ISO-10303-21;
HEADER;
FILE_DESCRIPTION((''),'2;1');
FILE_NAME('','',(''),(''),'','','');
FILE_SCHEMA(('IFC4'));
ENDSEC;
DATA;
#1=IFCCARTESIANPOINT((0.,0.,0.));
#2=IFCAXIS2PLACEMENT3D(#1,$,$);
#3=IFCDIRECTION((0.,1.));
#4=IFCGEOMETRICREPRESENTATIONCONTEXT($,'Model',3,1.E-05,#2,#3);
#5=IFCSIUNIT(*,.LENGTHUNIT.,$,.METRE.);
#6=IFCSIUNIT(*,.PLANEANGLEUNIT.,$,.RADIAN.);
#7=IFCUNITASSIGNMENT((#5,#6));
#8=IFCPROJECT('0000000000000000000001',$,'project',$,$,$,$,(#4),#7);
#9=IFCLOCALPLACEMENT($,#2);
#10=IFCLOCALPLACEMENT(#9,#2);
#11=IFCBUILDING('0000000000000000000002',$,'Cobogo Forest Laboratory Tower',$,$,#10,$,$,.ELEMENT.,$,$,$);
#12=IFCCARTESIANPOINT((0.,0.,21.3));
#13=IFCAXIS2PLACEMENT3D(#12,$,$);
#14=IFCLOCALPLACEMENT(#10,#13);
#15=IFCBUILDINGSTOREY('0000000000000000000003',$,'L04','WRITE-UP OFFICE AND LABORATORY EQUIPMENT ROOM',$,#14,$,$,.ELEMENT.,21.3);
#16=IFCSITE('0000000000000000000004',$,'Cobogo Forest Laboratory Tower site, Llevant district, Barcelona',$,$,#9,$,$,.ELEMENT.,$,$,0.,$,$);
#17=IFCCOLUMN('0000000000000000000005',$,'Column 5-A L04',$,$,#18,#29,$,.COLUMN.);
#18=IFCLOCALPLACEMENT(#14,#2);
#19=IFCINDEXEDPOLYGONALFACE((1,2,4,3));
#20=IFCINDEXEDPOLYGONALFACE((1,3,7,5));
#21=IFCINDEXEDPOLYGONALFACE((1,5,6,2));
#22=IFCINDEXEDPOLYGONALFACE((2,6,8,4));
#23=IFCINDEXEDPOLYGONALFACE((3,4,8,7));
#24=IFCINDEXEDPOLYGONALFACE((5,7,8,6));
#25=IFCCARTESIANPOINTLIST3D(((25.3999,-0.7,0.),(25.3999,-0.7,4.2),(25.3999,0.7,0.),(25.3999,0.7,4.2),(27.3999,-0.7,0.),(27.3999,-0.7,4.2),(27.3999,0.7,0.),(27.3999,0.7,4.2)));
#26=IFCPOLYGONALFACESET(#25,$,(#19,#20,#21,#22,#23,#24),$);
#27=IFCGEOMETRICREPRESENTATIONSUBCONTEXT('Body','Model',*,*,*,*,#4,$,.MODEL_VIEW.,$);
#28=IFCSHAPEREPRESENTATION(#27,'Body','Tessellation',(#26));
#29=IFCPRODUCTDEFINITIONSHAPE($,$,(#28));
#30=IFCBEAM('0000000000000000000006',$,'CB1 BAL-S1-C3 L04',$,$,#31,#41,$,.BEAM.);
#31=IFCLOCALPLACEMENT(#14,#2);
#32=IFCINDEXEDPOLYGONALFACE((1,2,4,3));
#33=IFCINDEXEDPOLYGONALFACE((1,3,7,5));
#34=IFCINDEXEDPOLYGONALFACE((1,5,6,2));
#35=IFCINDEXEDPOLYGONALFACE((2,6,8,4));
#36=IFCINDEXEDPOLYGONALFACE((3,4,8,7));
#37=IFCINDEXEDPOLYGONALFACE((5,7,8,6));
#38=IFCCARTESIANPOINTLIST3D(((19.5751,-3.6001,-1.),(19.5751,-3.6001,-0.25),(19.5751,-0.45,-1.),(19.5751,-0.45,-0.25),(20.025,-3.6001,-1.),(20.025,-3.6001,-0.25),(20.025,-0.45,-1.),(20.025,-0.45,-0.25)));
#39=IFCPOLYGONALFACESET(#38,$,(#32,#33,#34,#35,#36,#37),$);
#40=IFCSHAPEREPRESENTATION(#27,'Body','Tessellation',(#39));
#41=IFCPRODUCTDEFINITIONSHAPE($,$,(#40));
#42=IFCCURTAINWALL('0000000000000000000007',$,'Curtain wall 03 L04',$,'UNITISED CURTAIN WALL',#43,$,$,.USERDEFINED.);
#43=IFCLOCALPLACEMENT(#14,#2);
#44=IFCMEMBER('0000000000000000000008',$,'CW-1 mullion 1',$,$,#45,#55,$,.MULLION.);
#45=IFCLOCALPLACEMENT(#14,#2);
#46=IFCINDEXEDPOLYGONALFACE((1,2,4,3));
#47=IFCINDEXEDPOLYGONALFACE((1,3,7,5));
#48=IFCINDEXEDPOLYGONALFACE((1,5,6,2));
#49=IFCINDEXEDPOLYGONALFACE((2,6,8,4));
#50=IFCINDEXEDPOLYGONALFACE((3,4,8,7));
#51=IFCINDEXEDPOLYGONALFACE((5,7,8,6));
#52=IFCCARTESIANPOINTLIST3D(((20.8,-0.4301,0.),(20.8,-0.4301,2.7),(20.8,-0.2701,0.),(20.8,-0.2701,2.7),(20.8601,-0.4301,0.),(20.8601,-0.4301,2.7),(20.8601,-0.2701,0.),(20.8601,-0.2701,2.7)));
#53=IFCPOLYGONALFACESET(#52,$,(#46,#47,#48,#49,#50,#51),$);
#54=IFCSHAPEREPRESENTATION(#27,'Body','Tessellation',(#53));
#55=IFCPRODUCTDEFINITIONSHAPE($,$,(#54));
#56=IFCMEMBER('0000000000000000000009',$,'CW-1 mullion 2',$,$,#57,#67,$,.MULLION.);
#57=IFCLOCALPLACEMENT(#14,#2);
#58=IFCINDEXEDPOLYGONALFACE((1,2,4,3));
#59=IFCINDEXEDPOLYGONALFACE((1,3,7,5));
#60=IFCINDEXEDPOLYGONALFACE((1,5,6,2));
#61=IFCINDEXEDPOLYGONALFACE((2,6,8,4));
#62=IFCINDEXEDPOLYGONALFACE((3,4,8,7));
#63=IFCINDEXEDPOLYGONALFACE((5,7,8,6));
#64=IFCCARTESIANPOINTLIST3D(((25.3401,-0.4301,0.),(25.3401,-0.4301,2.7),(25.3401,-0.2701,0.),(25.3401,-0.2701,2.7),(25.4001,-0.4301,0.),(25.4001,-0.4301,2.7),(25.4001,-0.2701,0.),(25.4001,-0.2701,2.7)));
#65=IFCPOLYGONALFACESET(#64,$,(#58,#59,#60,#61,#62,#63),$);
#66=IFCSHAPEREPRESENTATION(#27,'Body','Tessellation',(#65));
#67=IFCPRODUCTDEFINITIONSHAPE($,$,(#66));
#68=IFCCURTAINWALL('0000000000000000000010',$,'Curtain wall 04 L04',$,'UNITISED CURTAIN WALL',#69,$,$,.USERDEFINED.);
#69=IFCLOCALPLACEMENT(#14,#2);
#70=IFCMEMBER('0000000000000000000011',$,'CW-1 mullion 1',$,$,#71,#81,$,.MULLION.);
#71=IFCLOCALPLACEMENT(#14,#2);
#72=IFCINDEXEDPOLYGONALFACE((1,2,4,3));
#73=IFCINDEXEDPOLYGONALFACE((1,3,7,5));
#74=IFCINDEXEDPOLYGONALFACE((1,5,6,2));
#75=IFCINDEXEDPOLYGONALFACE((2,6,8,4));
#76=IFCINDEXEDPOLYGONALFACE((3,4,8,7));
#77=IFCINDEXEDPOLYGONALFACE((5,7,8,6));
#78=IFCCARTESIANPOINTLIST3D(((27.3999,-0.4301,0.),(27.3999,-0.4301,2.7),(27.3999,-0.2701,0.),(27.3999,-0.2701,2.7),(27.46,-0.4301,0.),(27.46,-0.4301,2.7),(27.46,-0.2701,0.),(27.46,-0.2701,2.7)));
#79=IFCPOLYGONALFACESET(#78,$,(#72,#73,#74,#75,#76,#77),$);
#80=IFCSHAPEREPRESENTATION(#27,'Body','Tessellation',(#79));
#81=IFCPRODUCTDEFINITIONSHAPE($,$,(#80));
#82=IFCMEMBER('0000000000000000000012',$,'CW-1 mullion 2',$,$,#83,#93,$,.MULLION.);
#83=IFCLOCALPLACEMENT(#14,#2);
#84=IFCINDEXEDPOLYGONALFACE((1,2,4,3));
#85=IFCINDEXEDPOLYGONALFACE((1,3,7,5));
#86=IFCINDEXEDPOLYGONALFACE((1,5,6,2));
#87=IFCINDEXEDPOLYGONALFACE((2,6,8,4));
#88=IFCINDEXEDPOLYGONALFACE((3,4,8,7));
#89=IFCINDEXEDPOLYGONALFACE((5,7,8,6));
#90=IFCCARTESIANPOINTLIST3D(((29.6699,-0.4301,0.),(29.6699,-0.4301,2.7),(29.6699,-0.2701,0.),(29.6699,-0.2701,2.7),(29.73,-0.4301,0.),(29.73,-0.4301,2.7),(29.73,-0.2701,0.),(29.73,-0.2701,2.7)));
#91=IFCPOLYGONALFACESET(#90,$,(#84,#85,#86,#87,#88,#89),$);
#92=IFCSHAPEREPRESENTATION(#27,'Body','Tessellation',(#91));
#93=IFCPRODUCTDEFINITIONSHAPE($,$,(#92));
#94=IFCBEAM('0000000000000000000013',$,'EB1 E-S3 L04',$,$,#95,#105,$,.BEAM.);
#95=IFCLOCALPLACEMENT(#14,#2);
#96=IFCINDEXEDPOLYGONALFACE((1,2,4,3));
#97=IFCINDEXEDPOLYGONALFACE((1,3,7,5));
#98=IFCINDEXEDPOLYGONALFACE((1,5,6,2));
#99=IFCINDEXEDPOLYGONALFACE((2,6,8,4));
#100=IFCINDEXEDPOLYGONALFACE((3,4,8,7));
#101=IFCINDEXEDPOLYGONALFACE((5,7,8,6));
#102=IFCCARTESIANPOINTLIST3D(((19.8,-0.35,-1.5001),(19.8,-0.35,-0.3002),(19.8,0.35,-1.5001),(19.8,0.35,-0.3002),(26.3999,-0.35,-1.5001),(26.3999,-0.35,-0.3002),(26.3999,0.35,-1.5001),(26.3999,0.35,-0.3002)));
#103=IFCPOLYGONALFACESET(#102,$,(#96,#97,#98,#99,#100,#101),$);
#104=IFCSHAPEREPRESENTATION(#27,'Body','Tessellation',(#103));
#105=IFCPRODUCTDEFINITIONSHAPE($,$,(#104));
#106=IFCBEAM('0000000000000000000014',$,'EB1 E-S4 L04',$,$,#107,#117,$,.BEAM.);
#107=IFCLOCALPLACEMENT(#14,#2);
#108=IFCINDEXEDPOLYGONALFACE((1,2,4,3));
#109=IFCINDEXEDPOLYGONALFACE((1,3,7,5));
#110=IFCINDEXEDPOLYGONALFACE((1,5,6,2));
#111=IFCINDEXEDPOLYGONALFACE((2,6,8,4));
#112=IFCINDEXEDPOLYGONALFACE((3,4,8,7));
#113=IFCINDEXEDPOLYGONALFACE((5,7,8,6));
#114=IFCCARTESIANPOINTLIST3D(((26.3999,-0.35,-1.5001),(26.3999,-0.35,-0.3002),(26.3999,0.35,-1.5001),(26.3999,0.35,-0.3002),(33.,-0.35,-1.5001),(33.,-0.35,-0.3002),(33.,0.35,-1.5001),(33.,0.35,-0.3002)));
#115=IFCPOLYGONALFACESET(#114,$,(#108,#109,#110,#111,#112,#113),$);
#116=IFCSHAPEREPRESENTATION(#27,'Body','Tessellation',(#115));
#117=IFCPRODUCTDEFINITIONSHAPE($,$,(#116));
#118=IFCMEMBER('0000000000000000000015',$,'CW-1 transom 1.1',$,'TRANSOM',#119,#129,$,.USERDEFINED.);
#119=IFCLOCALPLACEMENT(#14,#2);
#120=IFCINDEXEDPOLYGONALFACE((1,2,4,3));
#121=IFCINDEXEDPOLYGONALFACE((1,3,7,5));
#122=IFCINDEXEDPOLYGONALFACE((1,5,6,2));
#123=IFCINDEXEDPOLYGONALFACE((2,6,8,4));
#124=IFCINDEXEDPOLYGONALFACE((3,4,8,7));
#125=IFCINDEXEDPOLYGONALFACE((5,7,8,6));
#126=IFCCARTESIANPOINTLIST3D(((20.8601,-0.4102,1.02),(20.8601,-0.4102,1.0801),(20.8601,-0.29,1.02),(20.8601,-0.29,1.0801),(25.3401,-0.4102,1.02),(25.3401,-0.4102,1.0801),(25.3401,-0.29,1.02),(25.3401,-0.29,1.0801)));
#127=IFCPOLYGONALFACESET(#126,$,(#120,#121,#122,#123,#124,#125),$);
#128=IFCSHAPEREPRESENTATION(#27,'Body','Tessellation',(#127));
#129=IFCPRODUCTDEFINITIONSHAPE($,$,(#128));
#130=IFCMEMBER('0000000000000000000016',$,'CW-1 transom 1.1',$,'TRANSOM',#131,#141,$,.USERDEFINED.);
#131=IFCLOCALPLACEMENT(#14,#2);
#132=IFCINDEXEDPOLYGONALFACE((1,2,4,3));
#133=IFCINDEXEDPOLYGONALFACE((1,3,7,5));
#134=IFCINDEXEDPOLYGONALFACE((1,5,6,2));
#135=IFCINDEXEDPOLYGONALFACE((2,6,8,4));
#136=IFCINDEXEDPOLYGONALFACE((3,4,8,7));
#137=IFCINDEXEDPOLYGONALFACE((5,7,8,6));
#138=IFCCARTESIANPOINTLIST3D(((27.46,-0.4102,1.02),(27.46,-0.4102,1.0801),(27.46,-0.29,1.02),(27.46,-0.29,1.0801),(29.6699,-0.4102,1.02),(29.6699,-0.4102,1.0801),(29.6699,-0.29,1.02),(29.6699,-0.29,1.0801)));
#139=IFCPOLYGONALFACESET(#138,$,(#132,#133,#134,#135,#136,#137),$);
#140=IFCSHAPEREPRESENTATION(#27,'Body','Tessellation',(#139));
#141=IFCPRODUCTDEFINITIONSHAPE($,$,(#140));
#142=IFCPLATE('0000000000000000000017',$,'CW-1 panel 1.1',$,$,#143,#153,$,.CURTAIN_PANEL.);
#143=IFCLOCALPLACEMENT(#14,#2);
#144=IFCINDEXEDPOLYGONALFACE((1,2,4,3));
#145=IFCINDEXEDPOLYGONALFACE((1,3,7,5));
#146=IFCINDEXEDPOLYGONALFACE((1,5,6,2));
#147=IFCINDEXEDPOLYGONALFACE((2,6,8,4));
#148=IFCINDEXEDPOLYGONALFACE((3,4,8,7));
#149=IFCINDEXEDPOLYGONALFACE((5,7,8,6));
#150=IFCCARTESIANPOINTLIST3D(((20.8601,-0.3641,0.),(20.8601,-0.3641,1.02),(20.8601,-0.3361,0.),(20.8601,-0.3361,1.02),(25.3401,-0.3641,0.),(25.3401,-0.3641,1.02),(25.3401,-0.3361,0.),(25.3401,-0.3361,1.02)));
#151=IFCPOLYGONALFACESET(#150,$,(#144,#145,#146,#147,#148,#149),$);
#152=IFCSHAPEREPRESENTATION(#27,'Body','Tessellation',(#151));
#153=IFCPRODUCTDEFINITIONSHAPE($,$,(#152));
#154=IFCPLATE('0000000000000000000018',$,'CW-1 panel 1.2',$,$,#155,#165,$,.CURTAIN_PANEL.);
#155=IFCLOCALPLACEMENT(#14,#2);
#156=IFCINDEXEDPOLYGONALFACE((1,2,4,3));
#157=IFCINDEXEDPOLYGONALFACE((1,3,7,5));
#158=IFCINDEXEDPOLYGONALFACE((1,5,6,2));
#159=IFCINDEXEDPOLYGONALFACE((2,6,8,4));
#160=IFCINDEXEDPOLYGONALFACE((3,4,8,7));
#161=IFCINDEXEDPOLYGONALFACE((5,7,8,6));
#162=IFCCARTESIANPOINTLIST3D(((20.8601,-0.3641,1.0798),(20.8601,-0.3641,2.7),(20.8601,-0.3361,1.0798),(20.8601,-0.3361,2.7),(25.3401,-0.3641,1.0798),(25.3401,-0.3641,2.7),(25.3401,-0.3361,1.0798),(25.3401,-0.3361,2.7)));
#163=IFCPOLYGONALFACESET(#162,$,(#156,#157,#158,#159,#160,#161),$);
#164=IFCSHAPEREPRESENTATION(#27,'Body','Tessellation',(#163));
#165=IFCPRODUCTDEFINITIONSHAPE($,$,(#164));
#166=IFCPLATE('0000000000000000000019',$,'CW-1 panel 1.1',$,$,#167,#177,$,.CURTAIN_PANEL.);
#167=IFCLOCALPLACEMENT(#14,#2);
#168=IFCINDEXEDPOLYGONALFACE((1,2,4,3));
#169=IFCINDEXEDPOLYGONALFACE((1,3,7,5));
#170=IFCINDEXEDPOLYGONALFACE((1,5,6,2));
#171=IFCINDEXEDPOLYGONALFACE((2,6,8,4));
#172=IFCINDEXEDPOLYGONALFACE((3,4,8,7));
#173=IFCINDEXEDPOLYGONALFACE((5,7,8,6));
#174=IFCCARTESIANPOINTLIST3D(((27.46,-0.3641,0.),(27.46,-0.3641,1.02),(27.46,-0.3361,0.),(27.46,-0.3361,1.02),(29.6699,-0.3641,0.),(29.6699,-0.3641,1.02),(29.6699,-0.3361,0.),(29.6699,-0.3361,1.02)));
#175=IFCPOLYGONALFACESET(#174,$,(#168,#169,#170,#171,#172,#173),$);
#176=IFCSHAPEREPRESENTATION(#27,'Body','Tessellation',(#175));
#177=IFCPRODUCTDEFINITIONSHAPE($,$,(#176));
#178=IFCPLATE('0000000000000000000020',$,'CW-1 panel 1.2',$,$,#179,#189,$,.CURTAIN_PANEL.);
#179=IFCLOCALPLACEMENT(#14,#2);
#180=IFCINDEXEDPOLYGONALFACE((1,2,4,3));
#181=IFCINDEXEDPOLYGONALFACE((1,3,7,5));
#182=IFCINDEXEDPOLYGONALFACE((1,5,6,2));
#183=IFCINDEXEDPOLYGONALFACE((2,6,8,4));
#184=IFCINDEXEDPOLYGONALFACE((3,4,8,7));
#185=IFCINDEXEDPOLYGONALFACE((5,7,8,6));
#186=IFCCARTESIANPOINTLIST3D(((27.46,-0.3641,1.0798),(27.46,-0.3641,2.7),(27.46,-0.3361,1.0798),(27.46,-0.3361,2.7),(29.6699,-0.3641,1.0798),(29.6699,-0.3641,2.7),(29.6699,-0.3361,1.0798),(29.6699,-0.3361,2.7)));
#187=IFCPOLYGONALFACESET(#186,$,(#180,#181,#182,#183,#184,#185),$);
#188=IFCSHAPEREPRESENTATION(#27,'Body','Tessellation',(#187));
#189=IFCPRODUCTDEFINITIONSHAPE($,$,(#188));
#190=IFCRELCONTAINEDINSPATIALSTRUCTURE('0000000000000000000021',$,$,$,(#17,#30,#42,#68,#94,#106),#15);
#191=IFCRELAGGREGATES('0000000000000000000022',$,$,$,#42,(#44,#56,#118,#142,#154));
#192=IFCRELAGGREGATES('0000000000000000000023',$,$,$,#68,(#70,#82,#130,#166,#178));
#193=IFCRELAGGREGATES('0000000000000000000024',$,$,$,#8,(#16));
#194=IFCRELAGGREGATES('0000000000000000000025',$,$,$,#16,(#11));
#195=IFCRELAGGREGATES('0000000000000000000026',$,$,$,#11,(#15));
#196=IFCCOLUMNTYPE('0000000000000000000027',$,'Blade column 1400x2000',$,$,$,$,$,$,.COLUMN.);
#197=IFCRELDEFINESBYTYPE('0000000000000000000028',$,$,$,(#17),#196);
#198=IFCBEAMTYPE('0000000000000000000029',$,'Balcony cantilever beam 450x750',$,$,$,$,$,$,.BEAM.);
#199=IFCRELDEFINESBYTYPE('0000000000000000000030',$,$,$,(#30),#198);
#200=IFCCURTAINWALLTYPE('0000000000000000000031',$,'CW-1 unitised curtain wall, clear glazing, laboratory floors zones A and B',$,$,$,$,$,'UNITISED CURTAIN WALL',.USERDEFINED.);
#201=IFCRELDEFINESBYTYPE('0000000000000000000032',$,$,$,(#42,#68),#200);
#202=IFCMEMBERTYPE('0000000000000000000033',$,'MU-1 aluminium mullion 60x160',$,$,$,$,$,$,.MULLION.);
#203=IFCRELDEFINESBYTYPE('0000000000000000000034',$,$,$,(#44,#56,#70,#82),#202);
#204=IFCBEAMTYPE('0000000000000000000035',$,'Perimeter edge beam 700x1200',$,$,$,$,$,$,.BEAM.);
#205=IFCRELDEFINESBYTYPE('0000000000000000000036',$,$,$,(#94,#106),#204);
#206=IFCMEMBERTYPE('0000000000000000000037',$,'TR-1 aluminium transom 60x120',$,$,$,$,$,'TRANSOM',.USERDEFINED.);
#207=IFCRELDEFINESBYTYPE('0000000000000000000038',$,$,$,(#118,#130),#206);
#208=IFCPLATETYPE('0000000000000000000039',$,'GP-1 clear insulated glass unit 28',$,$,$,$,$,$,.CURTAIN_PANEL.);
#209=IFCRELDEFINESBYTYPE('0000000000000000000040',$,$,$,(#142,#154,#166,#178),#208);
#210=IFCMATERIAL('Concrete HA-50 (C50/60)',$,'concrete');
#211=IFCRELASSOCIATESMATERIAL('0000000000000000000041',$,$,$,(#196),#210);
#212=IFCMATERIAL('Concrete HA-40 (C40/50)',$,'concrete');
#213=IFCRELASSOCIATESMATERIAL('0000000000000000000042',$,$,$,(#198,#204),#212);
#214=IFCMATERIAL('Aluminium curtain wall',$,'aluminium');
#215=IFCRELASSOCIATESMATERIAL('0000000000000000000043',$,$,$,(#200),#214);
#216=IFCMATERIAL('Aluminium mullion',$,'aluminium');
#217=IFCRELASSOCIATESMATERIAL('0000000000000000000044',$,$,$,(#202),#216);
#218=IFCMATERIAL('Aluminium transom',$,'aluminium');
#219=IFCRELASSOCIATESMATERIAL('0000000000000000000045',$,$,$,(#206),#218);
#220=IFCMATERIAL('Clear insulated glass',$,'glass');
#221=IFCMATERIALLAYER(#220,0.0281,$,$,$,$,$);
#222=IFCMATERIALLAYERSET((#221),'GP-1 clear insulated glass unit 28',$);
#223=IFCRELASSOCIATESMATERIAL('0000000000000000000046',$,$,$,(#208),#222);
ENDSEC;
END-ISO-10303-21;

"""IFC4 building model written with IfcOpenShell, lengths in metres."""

from ifc_helpers import new_model, si_unit, direction, frame, origin, origin_2d, place, context, subcontext, project, spatial, rectangle, extrude, material, layer, layer_set, material_profile, profile_set, type_object, element, aggregate, save


model = new_model("IFC4")

# Units and contexts
model_context = context("Model", 3, precision=1e-05, world=origin(), true_north=direction((0.0, 1.0)))
body_context = subcontext(model_context, "Body", "Model", "MODEL_VIEW")
ifc_project = project(units=[si_unit("LENGTHUNIT", "METRE"), si_unit("PLANEANGLEUNIT", "RADIAN")], contexts=[model_context])

# Site, building, storey
site_placement = place(None, origin())
site = spatial("IfcSite", under=ifc_project, at=site_placement, Name="Cobogo Forest Laboratory Tower site, Llevant district, Barcelona", CompositionType="ELEMENT", RefElevation=0.0)
building_placement = place(site_placement, origin())
building = spatial("IfcBuilding", under=site, at=building_placement, Name="Cobogo Forest Laboratory Tower", CompositionType="ELEMENT")
storey_placement = place(building_placement, frame((0.0, 0.0, 21.3)))
storey = spatial("IfcBuildingStorey", under=building, at=storey_placement, Name="L04", Description="WRITE-UP OFFICE AND LABORATORY EQUIPMENT ROOM", CompositionType="ELEMENT", Elevation=21.3)

# Column
ifc_material_1 = material(Name="Concrete HA-50 (C50/60)", Category="concrete")
ifc_material_profile_1 = material_profile(ifc_material_1, rectangle(XDim=2.0, YDim=1.3999, at=origin_2d()), Name="RC 1400x2000")
ifc_profile_set_1 = profile_set([ifc_material_profile_1], Name="Concrete HA-50 (C50/60)")
column_type = type_object("IfcColumnType", Name="Blade column 1400x2000", PredefinedType="COLUMN", material=ifc_profile_set_1)
column_placement = place(storey_placement, frame((26.3999, 0.0, 0.0), z_axis=(0.0, 0.0, 1.0), x_axis=(1.0, 0.0, 0.0)))
element("IfcColumn", 1, at=column_placement, inside=storey, type_object=column_type, Name="Column 5-A L04", PredefinedType="COLUMN", context=body_context, shape_type="SweptSolid", body=[
    extrude(rectangle(XDim=2.0, YDim=1.3999, at=origin_2d()), origin(), (0.0, 0.0, 1.0), 4.2),
])

# Beam
ifc_material_2 = material(Name="Concrete HA-40 (C40/50)", Category="concrete")
ifc_material_profile_2 = material_profile(ifc_material_2, rectangle(XDim=0.45, YDim=0.75, at=origin_2d()), Name="RC 450x750")
ifc_profile_set_2 = profile_set([ifc_material_profile_2], Name="Concrete HA-40 (C40/50)")
beam_type_1 = type_object("IfcBeamType", Name="Balcony cantilever beam 450x750", PredefinedType="BEAM", material=ifc_profile_set_2)
beam_1_placement = place(storey_placement, frame((19.8, -0.45, -0.625), z_axis=(0.0, -1.0, 0.0), x_axis=(1.0, 0.0, 0.0)))
element("IfcBeam", 2, at=beam_1_placement, inside=storey, type_object=beam_type_1, Name="CB1 BAL-S1-C3 L04", PredefinedType="BEAM", context=body_context, shape_type="SweptSolid", body=[
    extrude(rectangle(XDim=0.45, YDim=0.75, at=origin_2d()), origin(), (0.0, 0.0, 1.0), 3.1501),
])

# Curtain walls, members
ifc_material_3 = material(Name="Aluminium curtain wall", Category="aluminium")
curtain_wall_type = type_object("IfcCurtainWallType", Name="CW-1 unitised curtain wall, clear glazing, laboratory floors zones A and B", ElementType="UNITISED CURTAIN WALL", PredefinedType="USERDEFINED", material=ifc_material_3)
curtain_wall_1_placement = place(storey_placement, origin())
curtain_wall_1 = element("IfcCurtainWall", 3, at=curtain_wall_1_placement, inside=storey, type_object=curtain_wall_type, Name="Curtain wall 03 L04", ObjectType="UNITISED CURTAIN WALL", PredefinedType="USERDEFINED")
ifc_material_4 = material(Name="Aluminium mullion", Category="aluminium")
ifc_material_profile_3 = material_profile(ifc_material_4, rectangle(XDim=0.0601, YDim=0.1599, at=origin_2d()), Name="AL 60x160")
ifc_profile_set_3 = profile_set([ifc_material_profile_3], Name="Aluminium mullion")
member_type_1 = type_object("IfcMemberType", Name="MU-1 aluminium mullion 60x160", PredefinedType="MULLION", material=ifc_profile_set_3)
member_1_placement = place(storey_placement, frame((20.8301, -0.3501, 0.0), z_axis=(0.0, 0.0, 1.0), x_axis=(1.0, 0.0, 0.0)))
member_1 = element("IfcMember", 4, at=member_1_placement, type_object=member_type_1, Name="CW-1 mullion 1", PredefinedType="MULLION", context=body_context, shape_type="SweptSolid", body=[
    extrude(rectangle(XDim=0.0601, YDim=0.1599, at=origin_2d()), origin(), (0.0, 0.0, 1.0), 2.7),
])
member_2_placement = place(storey_placement, frame((25.3701, -0.3501, 0.0), z_axis=(0.0, 0.0, 1.0), x_axis=(1.0, 0.0, 0.0)))
member_2 = element("IfcMember", 5, at=member_2_placement, type_object=member_type_1, Name="CW-1 mullion 2", PredefinedType="MULLION", context=body_context, shape_type="SweptSolid", body=[
    extrude(rectangle(XDim=0.0601, YDim=0.1599, at=origin_2d()), origin(), (0.0, 0.0, 1.0), 2.7),
])
curtain_wall_2_placement = place(storey_placement, origin())
curtain_wall_2 = element("IfcCurtainWall", 6, at=curtain_wall_2_placement, inside=storey, type_object=curtain_wall_type, Name="Curtain wall 04 L04", ObjectType="UNITISED CURTAIN WALL", PredefinedType="USERDEFINED")
member_3_placement = place(storey_placement, frame((27.4299, -0.3501, 0.0), z_axis=(0.0, 0.0, 1.0), x_axis=(1.0, 0.0, 0.0)))
member_3 = element("IfcMember", 7, at=member_3_placement, type_object=member_type_1, Name="CW-1 mullion 1", PredefinedType="MULLION", context=body_context, shape_type="SweptSolid", body=[
    extrude(rectangle(XDim=0.0601, YDim=0.1599, at=origin_2d()), origin(), (0.0, 0.0, 1.0), 2.7),
])
member_4_placement = place(storey_placement, frame((29.7, -0.3501, 0.0), z_axis=(0.0, 0.0, 1.0), x_axis=(1.0, 0.0, 0.0)))
member_4 = element("IfcMember", 8, at=member_4_placement, type_object=member_type_1, Name="CW-1 mullion 2", PredefinedType="MULLION", context=body_context, shape_type="SweptSolid", body=[
    extrude(rectangle(XDim=0.0601, YDim=0.1599, at=origin_2d()), origin(), (0.0, 0.0, 1.0), 2.7),
])

# Beams
ifc_material_profile_4 = material_profile(ifc_material_2, rectangle(XDim=0.7, YDim=1.2, at=origin_2d()), Name="RC 700x1200")
ifc_profile_set_4 = profile_set([ifc_material_profile_4], Name="Concrete HA-40 (C40/50)")
beam_type_2 = type_object("IfcBeamType", Name="Perimeter edge beam 700x1200", PredefinedType="BEAM", material=ifc_profile_set_4)
beam_2_placement = place(storey_placement, frame((19.8, 0.0, -0.9001), z_axis=(1.0, 0.0, 0.0), x_axis=(0.0, 1.0, 0.0)))
element("IfcBeam", 9, at=beam_2_placement, inside=storey, type_object=beam_type_2, Name="EB1 E-S3 L04", PredefinedType="BEAM", context=body_context, shape_type="SweptSolid", body=[
    extrude(rectangle(XDim=0.7, YDim=1.2, at=origin_2d()), origin(), (0.0, 0.0, 1.0), 6.5999),
])
beam_3_placement = place(storey_placement, frame((26.3999, 0.0, -0.9001), z_axis=(1.0, 0.0, 0.0), x_axis=(0.0, 1.0, 0.0)))
element("IfcBeam", 10, at=beam_3_placement, inside=storey, type_object=beam_type_2, Name="EB1 E-S4 L04", PredefinedType="BEAM", context=body_context, shape_type="SweptSolid", body=[
    extrude(rectangle(XDim=0.7, YDim=1.2, at=origin_2d()), origin(), (0.0, 0.0, 1.0), 6.6001),
])

# Members
ifc_material_5 = material(Name="Aluminium transom", Category="aluminium")
ifc_material_profile_5 = material_profile(ifc_material_5, rectangle(XDim=0.1201, YDim=0.0601, at=origin_2d()), Name="AL 60x120")
ifc_profile_set_5 = profile_set([ifc_material_profile_5], Name="Aluminium transom")
member_type_2 = type_object("IfcMemberType", Name="TR-1 aluminium transom 60x120", ElementType="TRANSOM", PredefinedType="USERDEFINED", material=ifc_profile_set_5)
member_5_placement = place(storey_placement, frame((20.8601, -0.3501, 1.05), z_axis=(1.0, 0.0, 0.0), x_axis=(0.0, 1.0, 0.0)))
member_5 = element("IfcMember", 11, at=member_5_placement, type_object=member_type_2, Name="CW-1 transom 1.1", ObjectType="TRANSOM", PredefinedType="USERDEFINED", context=body_context, shape_type="SweptSolid", body=[
    extrude(rectangle(XDim=0.1201, YDim=0.0601, at=origin_2d()), origin(), (0.0, 0.0, 1.0), 4.48),
])
member_6_placement = place(storey_placement, frame((27.46, -0.3501, 1.05), z_axis=(1.0, 0.0, 0.0), x_axis=(0.0, 1.0, 0.0)))
member_6 = element("IfcMember", 12, at=member_6_placement, type_object=member_type_2, Name="CW-1 transom 1.1", ObjectType="TRANSOM", PredefinedType="USERDEFINED", context=body_context, shape_type="SweptSolid", body=[
    extrude(rectangle(XDim=0.1201, YDim=0.0601, at=origin_2d()), origin(), (0.0, 0.0, 1.0), 2.21),
])

# Plates
ifc_material_6 = material(Name="Clear insulated glass", Category="glass")
ifc_layer_1 = layer(ifc_material_6, 0.0281)
ifc_layer_set_1 = layer_set([ifc_layer_1], Name="GP-1 clear insulated glass unit 28")
plate_type_1 = type_object("IfcPlateType", Name="GP-1 clear insulated glass unit 28", PredefinedType="CURTAIN_PANEL", material=ifc_layer_set_1)
plate_1_placement = place(storey_placement, frame((23.1001, -0.3501, 0.0), z_axis=(0.0, 0.0, 1.0), x_axis=(1.0, 0.0, 0.0)))
plate_1 = element("IfcPlate", 13, at=plate_1_placement, type_object=plate_type_1, Name="CW-1 panel 1.1", PredefinedType="CURTAIN_PANEL", context=body_context, shape_type="SweptSolid", body=[
    extrude(rectangle(XDim=4.48, YDim=0.0281, at=origin_2d()), origin(), (0.0, 0.0, 1.0), 1.02),
])
plate_2_placement = place(storey_placement, frame((23.1001, -0.3501, 1.0798), z_axis=(0.0, 0.0, 1.0), x_axis=(1.0, 0.0, 0.0)))
plate_2 = element("IfcPlate", 14, at=plate_2_placement, type_object=plate_type_1, Name="CW-1 panel 1.2", PredefinedType="CURTAIN_PANEL", context=body_context, shape_type="SweptSolid", body=[
    extrude(rectangle(XDim=4.48, YDim=0.0281, at=origin_2d()), origin(), (0.0, 0.0, 1.0), 1.6201),
])
aggregate(curtain_wall_1, [member_1, member_2, member_5, plate_1, plate_2])
plate_3_placement = place(storey_placement, frame((28.5649, -0.3501, 0.0), z_axis=(0.0, 0.0, 1.0), x_axis=(1.0, 0.0, 0.0)))
plate_3 = element("IfcPlate", 15, at=plate_3_placement, type_object=plate_type_1, Name="CW-1 panel 1.1", PredefinedType="CURTAIN_PANEL", context=body_context, shape_type="SweptSolid", body=[
    extrude(rectangle(XDim=2.21, YDim=0.0281, at=origin_2d()), origin(), (0.0, 0.0, 1.0), 1.02),
])
plate_4_placement = place(storey_placement, frame((28.5649, -0.3501, 1.0798), z_axis=(0.0, 0.0, 1.0), x_axis=(1.0, 0.0, 0.0)))
plate_4 = element("IfcPlate", 16, at=plate_4_placement, type_object=plate_type_1, Name="CW-1 panel 1.2", PredefinedType="CURTAIN_PANEL", context=body_context, shape_type="SweptSolid", body=[
    extrude(rectangle(XDim=2.21, YDim=0.0281, at=origin_2d()), origin(), (0.0, 0.0, 1.0), 1.6201),
])
aggregate(curtain_wall_2, [member_3, member_4, member_6, plate_3, plate_4])

save(model, "model.ifc")
